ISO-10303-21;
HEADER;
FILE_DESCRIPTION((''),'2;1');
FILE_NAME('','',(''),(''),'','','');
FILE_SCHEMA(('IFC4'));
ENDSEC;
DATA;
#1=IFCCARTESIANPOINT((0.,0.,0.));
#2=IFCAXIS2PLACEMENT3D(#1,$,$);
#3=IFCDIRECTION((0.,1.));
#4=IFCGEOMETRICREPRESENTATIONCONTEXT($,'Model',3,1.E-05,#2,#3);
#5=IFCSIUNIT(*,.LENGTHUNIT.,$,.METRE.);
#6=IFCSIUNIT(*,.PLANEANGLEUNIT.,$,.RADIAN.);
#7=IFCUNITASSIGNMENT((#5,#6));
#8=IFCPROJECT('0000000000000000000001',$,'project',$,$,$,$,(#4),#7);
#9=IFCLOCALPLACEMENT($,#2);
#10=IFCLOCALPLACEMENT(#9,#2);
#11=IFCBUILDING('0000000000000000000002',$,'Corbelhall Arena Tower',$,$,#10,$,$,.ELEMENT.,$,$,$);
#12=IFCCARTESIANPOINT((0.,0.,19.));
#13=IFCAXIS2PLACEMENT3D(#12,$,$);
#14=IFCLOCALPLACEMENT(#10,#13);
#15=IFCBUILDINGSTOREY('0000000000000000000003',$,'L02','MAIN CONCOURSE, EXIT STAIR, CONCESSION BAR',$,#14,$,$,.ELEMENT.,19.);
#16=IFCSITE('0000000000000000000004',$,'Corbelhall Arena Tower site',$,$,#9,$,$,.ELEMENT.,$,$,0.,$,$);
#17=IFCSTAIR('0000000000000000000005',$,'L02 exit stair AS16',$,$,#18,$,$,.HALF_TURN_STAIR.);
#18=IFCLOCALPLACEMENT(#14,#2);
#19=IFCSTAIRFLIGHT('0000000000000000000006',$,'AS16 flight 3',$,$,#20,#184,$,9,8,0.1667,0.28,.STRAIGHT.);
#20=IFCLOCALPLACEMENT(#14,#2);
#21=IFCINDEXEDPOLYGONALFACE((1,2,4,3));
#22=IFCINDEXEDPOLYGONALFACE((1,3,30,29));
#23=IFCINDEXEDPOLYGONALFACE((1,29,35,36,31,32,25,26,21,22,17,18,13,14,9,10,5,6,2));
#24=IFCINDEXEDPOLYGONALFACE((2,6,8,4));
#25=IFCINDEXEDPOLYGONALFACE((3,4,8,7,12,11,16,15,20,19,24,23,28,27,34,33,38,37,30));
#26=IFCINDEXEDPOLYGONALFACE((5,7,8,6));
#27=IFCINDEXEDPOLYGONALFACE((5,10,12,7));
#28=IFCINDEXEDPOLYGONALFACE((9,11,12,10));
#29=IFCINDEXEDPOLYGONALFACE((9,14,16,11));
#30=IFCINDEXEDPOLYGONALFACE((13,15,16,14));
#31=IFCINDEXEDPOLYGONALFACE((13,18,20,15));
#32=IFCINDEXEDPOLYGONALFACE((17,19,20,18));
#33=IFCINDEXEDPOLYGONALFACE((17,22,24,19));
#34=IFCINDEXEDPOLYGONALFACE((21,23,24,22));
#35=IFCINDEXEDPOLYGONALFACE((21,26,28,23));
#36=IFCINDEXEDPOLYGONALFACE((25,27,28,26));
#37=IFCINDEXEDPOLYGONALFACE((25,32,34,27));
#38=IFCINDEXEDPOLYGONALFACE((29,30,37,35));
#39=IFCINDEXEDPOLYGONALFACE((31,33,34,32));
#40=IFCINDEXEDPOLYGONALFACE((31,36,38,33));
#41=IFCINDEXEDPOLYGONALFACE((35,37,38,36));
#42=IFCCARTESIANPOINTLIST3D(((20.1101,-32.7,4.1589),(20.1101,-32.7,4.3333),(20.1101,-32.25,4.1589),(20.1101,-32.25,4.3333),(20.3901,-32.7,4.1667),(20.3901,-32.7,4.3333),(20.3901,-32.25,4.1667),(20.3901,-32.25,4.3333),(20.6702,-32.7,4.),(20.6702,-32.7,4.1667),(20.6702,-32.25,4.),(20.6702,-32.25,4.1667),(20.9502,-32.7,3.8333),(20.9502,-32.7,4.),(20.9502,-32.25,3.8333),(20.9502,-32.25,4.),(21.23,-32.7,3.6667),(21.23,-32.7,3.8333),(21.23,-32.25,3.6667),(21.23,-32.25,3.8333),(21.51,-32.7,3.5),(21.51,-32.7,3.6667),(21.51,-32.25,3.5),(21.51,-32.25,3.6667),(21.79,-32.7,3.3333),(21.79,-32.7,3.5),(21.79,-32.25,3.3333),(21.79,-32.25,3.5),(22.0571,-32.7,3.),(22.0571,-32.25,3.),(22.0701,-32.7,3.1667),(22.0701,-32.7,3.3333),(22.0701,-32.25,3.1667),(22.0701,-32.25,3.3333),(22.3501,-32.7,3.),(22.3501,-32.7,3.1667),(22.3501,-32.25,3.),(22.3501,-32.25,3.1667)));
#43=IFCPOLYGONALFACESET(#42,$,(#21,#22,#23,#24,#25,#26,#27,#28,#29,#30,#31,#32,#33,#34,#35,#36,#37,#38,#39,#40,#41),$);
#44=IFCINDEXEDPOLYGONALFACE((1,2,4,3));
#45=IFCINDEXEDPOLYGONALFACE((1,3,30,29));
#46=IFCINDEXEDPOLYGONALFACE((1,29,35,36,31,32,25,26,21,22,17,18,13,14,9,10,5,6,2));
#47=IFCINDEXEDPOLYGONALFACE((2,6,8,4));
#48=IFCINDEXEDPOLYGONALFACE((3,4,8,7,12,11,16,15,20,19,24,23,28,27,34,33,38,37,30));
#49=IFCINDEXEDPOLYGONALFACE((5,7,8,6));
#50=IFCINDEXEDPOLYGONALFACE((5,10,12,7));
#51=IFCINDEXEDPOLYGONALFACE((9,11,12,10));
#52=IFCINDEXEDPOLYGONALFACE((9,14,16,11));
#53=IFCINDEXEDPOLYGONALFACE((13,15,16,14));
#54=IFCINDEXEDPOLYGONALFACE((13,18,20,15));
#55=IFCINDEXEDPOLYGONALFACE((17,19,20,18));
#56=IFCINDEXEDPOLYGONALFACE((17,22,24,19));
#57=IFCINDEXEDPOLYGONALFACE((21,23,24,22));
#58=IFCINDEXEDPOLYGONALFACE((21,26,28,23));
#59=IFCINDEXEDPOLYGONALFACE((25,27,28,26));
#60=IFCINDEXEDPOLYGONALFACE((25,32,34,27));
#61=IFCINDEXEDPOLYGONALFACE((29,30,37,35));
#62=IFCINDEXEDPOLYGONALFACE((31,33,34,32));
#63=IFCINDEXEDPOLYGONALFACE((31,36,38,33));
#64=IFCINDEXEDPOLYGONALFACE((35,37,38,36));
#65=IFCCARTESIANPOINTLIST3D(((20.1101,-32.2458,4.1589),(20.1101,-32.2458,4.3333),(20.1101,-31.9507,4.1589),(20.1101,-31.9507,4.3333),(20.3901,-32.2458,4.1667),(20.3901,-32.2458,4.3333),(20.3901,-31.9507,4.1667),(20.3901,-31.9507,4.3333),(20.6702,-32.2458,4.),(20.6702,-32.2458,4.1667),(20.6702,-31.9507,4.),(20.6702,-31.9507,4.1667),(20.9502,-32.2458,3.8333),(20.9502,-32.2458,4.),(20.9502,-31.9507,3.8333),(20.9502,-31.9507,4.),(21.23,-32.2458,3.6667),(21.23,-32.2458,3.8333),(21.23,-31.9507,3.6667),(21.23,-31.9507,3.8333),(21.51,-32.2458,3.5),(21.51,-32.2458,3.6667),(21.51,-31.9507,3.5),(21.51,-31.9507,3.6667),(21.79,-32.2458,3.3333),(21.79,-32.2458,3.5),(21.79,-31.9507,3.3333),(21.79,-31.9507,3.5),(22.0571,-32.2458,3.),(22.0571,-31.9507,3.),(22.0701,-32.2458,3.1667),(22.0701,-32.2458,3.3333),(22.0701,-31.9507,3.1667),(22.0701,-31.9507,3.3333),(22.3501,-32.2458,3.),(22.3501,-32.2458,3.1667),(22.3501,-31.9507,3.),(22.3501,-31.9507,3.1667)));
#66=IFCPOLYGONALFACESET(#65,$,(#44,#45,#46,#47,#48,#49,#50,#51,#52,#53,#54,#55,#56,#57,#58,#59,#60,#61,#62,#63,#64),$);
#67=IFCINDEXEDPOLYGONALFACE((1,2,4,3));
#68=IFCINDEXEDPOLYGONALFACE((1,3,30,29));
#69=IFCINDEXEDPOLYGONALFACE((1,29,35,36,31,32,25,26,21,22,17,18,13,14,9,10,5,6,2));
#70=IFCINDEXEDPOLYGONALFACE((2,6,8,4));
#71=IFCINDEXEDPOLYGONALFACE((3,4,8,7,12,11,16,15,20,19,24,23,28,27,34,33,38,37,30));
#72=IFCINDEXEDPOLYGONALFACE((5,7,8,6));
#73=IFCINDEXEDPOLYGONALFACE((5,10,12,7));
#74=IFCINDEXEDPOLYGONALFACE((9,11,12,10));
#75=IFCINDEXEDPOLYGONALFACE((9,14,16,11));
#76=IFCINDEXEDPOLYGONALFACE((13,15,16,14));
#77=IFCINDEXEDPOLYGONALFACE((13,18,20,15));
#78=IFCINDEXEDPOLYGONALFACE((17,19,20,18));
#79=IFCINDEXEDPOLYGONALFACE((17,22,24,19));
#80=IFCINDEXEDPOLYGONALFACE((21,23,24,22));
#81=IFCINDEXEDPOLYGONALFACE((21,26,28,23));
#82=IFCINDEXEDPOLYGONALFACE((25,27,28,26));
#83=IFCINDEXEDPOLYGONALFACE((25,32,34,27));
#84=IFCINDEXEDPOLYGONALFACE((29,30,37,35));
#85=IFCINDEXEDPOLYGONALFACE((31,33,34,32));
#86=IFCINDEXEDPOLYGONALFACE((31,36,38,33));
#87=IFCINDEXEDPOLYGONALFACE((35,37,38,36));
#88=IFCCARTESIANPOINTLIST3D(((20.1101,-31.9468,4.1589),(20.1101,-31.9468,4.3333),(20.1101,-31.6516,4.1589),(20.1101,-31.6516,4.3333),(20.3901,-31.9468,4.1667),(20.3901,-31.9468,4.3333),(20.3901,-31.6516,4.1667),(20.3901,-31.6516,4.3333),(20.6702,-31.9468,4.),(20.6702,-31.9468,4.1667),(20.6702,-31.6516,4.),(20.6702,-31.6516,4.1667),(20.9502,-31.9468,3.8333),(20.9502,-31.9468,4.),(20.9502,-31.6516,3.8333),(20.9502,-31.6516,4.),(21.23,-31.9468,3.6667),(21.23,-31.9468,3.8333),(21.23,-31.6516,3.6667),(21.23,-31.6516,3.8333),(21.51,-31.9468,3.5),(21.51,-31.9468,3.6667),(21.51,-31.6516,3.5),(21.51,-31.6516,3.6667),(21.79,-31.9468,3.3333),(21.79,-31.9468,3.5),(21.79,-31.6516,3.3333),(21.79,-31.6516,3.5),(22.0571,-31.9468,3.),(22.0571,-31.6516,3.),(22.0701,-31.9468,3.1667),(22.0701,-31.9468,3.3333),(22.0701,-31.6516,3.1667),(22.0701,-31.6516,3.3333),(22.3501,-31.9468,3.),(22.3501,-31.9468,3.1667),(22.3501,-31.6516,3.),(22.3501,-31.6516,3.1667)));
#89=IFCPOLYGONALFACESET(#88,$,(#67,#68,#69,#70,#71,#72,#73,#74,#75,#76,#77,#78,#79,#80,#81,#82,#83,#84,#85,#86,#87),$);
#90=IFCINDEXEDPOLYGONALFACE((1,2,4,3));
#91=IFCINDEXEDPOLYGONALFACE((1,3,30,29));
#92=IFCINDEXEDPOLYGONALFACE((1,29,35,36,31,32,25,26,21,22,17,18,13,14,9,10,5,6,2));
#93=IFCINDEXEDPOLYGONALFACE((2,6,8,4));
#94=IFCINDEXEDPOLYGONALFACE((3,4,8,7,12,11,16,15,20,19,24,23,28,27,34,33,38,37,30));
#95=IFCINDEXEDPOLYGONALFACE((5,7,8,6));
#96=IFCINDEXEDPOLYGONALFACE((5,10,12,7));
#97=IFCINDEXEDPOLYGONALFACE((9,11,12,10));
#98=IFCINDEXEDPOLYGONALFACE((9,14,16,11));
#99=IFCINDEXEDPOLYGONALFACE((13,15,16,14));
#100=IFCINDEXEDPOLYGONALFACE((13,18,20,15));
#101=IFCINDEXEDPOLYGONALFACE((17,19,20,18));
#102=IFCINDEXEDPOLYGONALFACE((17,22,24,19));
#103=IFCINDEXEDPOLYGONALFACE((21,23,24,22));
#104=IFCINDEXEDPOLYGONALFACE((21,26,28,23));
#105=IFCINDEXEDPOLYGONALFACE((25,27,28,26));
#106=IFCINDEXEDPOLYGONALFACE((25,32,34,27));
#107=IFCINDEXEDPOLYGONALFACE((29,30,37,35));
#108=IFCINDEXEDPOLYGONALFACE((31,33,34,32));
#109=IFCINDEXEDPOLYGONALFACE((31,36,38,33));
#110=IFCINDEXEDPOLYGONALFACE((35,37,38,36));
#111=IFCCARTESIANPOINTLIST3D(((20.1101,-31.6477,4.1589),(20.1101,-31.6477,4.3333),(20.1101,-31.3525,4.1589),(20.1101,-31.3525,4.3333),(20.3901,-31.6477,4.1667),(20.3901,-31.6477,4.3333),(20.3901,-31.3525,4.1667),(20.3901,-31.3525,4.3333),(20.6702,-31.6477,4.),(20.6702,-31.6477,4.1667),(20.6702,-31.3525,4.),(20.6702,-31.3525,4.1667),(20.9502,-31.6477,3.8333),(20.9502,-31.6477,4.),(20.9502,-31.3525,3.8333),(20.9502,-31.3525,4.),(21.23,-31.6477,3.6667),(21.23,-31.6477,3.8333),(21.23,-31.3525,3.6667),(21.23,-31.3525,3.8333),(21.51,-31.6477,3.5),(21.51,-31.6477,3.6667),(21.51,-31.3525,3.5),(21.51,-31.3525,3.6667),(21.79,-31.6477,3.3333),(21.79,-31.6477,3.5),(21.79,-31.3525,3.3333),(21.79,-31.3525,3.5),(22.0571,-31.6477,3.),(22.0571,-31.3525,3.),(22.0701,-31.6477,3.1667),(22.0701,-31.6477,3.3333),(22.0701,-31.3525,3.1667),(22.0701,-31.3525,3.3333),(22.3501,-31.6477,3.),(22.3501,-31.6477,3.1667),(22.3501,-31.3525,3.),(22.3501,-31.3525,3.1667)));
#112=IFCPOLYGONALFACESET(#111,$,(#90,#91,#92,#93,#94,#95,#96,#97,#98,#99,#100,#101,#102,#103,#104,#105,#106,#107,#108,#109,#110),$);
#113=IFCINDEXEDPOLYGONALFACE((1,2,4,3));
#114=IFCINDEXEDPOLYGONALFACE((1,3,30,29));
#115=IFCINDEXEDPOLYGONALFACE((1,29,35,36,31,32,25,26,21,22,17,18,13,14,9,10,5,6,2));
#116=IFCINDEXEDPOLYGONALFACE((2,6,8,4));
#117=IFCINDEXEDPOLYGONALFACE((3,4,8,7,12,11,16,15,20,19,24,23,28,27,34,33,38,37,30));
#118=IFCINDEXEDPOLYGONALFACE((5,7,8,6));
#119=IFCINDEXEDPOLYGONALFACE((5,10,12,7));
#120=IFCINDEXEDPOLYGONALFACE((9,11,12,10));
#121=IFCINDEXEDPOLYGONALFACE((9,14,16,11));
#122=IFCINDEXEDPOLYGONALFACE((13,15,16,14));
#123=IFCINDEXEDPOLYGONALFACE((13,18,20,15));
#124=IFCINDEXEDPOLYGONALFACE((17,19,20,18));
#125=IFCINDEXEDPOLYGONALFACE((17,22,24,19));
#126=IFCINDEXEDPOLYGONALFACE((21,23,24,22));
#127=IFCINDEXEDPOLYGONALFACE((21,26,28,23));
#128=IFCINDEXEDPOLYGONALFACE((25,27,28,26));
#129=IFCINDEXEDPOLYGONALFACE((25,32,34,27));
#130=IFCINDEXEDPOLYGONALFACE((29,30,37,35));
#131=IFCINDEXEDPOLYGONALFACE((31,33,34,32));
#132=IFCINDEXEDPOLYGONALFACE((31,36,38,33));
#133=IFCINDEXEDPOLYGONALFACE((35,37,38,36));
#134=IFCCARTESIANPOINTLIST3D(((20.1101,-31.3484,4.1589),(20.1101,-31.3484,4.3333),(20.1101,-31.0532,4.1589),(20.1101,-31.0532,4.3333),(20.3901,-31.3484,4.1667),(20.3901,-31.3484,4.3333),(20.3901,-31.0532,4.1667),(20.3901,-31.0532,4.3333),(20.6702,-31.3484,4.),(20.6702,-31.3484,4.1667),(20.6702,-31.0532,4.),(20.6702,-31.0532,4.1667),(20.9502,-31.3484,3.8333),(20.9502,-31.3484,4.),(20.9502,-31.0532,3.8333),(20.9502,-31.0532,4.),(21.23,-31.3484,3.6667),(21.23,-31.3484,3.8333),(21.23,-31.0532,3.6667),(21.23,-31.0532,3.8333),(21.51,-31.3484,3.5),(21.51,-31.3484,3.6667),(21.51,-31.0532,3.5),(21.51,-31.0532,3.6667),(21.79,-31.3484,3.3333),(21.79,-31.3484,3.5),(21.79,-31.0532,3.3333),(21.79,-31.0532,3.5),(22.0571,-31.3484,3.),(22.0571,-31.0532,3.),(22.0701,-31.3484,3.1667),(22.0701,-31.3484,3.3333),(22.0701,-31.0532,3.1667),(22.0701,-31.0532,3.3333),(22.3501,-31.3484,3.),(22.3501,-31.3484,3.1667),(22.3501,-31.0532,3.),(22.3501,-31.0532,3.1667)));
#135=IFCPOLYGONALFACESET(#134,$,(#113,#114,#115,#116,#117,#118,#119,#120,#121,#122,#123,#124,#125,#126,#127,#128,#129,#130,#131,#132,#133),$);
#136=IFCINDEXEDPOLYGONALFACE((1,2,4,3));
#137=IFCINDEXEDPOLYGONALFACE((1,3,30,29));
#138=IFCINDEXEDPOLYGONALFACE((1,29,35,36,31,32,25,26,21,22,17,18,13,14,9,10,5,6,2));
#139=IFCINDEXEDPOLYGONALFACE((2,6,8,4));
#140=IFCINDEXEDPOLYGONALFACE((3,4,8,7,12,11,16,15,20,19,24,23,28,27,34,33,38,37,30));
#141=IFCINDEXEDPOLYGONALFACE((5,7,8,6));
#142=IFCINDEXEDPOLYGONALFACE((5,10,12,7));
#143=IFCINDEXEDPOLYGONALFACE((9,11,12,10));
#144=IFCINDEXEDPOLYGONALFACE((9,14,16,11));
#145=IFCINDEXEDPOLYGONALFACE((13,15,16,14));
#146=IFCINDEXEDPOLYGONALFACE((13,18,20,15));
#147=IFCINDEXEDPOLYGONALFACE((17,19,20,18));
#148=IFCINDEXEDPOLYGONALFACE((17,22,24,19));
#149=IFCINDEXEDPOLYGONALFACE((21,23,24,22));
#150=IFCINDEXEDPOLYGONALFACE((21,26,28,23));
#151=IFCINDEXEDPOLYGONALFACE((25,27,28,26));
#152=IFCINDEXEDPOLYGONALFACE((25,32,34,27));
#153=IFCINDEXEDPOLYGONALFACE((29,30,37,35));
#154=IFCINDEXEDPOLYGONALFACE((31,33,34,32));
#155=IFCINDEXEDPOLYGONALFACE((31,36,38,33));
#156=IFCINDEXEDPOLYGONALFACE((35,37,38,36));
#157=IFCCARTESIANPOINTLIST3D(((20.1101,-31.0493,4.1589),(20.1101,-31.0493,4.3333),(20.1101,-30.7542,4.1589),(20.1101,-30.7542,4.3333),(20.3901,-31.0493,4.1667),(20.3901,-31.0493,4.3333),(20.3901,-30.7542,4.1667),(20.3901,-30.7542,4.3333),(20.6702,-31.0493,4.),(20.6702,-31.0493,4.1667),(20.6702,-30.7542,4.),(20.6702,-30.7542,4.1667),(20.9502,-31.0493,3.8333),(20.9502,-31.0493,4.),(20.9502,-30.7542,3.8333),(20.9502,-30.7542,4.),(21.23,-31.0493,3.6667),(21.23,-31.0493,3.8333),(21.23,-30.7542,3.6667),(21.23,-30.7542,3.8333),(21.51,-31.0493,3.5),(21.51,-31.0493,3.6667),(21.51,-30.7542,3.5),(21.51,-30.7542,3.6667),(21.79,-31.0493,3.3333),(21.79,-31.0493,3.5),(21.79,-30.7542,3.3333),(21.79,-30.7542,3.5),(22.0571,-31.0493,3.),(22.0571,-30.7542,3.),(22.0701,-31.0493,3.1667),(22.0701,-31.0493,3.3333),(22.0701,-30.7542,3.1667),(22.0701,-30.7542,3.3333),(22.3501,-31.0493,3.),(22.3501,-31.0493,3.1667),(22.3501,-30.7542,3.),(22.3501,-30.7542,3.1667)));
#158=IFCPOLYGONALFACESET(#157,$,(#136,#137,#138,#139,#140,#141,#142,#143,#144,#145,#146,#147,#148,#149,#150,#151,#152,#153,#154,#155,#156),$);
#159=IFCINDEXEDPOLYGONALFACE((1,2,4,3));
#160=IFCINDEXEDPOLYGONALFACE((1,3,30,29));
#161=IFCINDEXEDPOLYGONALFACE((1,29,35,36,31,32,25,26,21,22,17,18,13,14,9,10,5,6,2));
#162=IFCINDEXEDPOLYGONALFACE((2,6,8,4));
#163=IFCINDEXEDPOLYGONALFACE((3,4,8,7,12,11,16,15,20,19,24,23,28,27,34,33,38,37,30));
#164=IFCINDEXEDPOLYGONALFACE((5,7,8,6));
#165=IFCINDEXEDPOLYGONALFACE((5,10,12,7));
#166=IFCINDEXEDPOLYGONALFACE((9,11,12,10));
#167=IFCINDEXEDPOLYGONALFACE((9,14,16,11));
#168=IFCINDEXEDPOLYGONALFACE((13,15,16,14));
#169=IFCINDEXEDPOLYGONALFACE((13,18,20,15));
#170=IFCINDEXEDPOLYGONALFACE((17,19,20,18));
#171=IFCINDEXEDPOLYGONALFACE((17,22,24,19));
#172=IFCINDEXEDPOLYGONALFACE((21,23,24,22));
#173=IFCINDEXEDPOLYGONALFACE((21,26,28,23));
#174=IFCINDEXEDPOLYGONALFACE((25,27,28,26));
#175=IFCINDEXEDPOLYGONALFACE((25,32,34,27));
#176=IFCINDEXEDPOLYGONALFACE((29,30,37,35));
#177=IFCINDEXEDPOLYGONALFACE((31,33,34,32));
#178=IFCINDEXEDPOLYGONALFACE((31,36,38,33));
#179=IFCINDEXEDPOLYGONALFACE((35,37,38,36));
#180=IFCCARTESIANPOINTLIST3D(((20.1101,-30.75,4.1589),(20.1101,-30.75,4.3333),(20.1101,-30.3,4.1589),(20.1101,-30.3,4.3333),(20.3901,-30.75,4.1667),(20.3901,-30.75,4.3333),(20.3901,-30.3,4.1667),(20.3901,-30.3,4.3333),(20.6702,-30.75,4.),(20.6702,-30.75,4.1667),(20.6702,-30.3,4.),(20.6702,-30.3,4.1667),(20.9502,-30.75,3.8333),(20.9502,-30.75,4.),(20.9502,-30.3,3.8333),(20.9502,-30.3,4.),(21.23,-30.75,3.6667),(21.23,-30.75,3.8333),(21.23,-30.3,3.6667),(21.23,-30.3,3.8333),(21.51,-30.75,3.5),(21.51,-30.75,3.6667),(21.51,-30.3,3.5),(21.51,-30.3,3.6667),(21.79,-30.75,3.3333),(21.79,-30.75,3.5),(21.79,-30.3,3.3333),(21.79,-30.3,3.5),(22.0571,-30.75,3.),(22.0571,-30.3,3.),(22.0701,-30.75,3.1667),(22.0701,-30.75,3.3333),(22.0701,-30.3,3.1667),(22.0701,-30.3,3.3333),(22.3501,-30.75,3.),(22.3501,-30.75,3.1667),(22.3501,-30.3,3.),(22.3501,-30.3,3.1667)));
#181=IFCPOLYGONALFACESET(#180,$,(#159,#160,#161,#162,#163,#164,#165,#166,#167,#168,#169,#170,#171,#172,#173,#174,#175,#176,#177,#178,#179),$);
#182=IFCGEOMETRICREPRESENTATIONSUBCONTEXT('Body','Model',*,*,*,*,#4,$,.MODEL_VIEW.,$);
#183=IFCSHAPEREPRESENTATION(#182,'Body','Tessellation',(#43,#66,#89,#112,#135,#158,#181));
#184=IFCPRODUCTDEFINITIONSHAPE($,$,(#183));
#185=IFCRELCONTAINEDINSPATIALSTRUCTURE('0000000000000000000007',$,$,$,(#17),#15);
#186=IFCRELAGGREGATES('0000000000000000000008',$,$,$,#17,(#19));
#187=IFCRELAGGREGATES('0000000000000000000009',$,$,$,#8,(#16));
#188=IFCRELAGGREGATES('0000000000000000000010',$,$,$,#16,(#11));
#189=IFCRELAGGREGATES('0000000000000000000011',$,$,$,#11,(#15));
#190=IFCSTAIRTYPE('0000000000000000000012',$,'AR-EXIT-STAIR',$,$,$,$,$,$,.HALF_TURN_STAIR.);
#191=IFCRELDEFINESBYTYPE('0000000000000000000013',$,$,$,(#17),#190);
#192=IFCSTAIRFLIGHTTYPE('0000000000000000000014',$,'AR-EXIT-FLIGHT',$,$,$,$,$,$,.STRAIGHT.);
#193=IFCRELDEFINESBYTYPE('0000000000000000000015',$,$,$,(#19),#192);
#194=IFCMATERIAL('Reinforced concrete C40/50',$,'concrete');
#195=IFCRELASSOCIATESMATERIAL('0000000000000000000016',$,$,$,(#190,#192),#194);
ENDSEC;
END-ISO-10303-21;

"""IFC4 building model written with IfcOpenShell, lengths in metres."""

from ifc_helpers import new_model, si_unit, direction, frame, origin, place, context, subcontext, project, spatial, polyline, outline, extrude, material, type_object, element, aggregate, save


model = new_model("IFC4")

# Units and contexts
model_context = context("Model", 3, precision=1e-05, world=origin(), true_north=direction((0.0, 1.0)))
body_context = subcontext(model_context, "Body", "Model", "MODEL_VIEW")
ifc_project = project(units=[si_unit("LENGTHUNIT", "METRE"), si_unit("PLANEANGLEUNIT", "RADIAN")], contexts=[model_context])

# Site, building, storey
site_placement = place(None, origin())
site = spatial("IfcSite", under=ifc_project, at=site_placement, Name="Corbelhall Arena Tower site", CompositionType="ELEMENT", RefElevation=0.0)
building_placement = place(site_placement, origin())
building = spatial("IfcBuilding", under=site, at=building_placement, Name="Corbelhall Arena Tower", CompositionType="ELEMENT")
storey_placement = place(building_placement, frame((0.0, 0.0, 19.0)))
storey = spatial("IfcBuildingStorey", under=building, at=storey_placement, Name="L02", Description="MAIN CONCOURSE, EXIT STAIR, CONCESSION BAR", CompositionType="ELEMENT", Elevation=19.0)

# Shared definitions
ifc_material_1 = material(Name="Reinforced concrete C40/50", Category="concrete")

# Stair, stair flight
stair_type = type_object("IfcStairType", Name="AR-EXIT-STAIR", PredefinedType="HALF_TURN_STAIR", material=ifc_material_1)
stair_flight_type = type_object("IfcStairFlightType", Name="AR-EXIT-FLIGHT", PredefinedType="STRAIGHT", material=ifc_material_1)
stair_1_placement = place(storey_placement, origin())
stair_1 = element("IfcStair", 1, at=stair_1_placement, inside=storey, type_object=stair_type, Name="L02 exit stair AS16", PredefinedType="HALF_TURN_STAIR")
stair_flight_1_placement = place(storey_placement, frame((22.3501, -31.5, 3.0), z_axis=(0.0, 0.0, 1.0), x_axis=(-1.0, 0.0, 0.0)))
stair_flight_1 = element("IfcStairFlight", 2, at=stair_flight_1_placement, type_object=stair_flight_type, Name="AS16 flight 3", NumberOfRisers=9, NumberOfTreads=8, PredefinedType="STRAIGHT", RiserHeight=0.1667, TreadLength=0.28, context=body_context, shape_type="SweptSolid", body=[
    extrude(outline(polyline([(0.0, 0.0), (0.0, 0.1667), (0.28, 0.1667), (0.28, 0.3333), (0.5601, 0.3333), (0.5601, 0.5), (0.8401, 0.5), (0.8401, 0.6667), (1.1201, 0.6667), (1.1201, 0.8333), (1.3999, 0.8333), (1.3999, 1.0), (1.6799, 1.0), (1.6799, 1.1667), (1.96, 1.1667), (1.96, 1.3333), (2.24, 1.3333), (2.24, 1.5), (2.24, 1.1589), (0.293, 0.0), (0.0, 0.0)])), frame((0.0, 1.2, 0.0), z_axis=(0.0, -1.0, 0.0), x_axis=(1.0, 0.0, 0.0)), (0.0, 0.0, 1.0), 0.45),
    extrude(outline(polyline([(0.0, 0.0), (0.0, 0.1667), (0.28, 0.1667), (0.28, 0.3333), (0.5601, 0.3333), (0.5601, 0.5), (0.8401, 0.5), (0.8401, 0.6667), (1.1201, 0.6667), (1.1201, 0.8333), (1.3999, 0.8333), (1.3999, 1.0), (1.6799, 1.0), (1.6799, 1.1667), (1.96, 1.1667), (1.96, 1.3333), (2.24, 1.3333), (2.24, 1.5), (2.24, 1.1589), (0.293, 0.0), (0.0, 0.0)])), frame((0.0, 0.7458, 0.0), z_axis=(0.0, -1.0, 0.0), x_axis=(1.0, 0.0, 0.0)), (0.0, 0.0, 1.0), 0.2952),
    extrude(outline(polyline([(0.0, 0.0), (0.0, 0.1667), (0.28, 0.1667), (0.28, 0.3333), (0.5601, 0.3333), (0.5601, 0.5), (0.8401, 0.5), (0.8401, 0.6667), (1.1201, 0.6667), (1.1201, 0.8333), (1.3999, 0.8333), (1.3999, 1.0), (1.6799, 1.0), (1.6799, 1.1667), (1.96, 1.1667), (1.96, 1.3333), (2.24, 1.3333), (2.24, 1.5), (2.24, 1.1589), (0.293, 0.0), (0.0, 0.0)])), frame((0.0, 0.4468, 0.0), z_axis=(0.0, -1.0, 0.0), x_axis=(1.0, 0.0, 0.0)), (0.0, 0.0, 1.0), 0.2952),
    extrude(outline(polyline([(0.0, 0.0), (0.0, 0.1667), (0.28, 0.1667), (0.28, 0.3333), (0.5601, 0.3333), (0.5601, 0.5), (0.8401, 0.5), (0.8401, 0.6667), (1.1201, 0.6667), (1.1201, 0.8333), (1.3999, 0.8333), (1.3999, 1.0), (1.6799, 1.0), (1.6799, 1.1667), (1.96, 1.1667), (1.96, 1.3333), (2.24, 1.3333), (2.24, 1.5), (2.24, 1.1589), (0.293, 0.0), (0.0, 0.0)])), frame((0.0, 0.1477, 0.0), z_axis=(0.0, -1.0, 0.0), x_axis=(1.0, 0.0, 0.0)), (0.0, 0.0, 1.0), 0.2952),
    extrude(outline(polyline([(0.0, 0.0), (0.0, 0.1667), (0.28, 0.1667), (0.28, 0.3333), (0.5601, 0.3333), (0.5601, 0.5), (0.8401, 0.5), (0.8401, 0.6667), (1.1201, 0.6667), (1.1201, 0.8333), (1.3999, 0.8333), (1.3999, 1.0), (1.6799, 1.0), (1.6799, 1.1667), (1.96, 1.1667), (1.96, 1.3333), (2.24, 1.3333), (2.24, 1.5), (2.24, 1.1589), (0.293, 0.0), (0.0, 0.0)])), frame((0.0, -0.1516, 0.0), z_axis=(0.0, -1.0, 0.0), x_axis=(1.0, 0.0, 0.0)), (0.0, 0.0, 1.0), 0.2952),
    extrude(outline(polyline([(0.0, 0.0), (0.0, 0.1667), (0.28, 0.1667), (0.28, 0.3333), (0.5601, 0.3333), (0.5601, 0.5), (0.8401, 0.5), (0.8401, 0.6667), (1.1201, 0.6667), (1.1201, 0.8333), (1.3999, 0.8333), (1.3999, 1.0), (1.6799, 1.0), (1.6799, 1.1667), (1.96, 1.1667), (1.96, 1.3333), (2.24, 1.3333), (2.24, 1.5), (2.24, 1.1589), (0.293, 0.0), (0.0, 0.0)])), frame((0.0, -0.4507, 0.0), z_axis=(0.0, -1.0, 0.0), x_axis=(1.0, 0.0, 0.0)), (0.0, 0.0, 1.0), 0.2952),
    extrude(outline(polyline([(0.0, 0.0), (0.0, 0.1667), (0.28, 0.1667), (0.28, 0.3333), (0.5601, 0.3333), (0.5601, 0.5), (0.8401, 0.5), (0.8401, 0.6667), (1.1201, 0.6667), (1.1201, 0.8333), (1.3999, 0.8333), (1.3999, 1.0), (1.6799, 1.0), (1.6799, 1.1667), (1.96, 1.1667), (1.96, 1.3333), (2.24, 1.3333), (2.24, 1.5), (2.24, 1.1589), (0.293, 0.0), (0.0, 0.0)])), frame((0.0, -0.75, 0.0), z_axis=(0.0, -1.0, 0.0), x_axis=(1.0, 0.0, 0.0)), (0.0, 0.0, 1.0), 0.45),
])
aggregate(stair_1, [stair_flight_1])

save(model, "model.ifc")
